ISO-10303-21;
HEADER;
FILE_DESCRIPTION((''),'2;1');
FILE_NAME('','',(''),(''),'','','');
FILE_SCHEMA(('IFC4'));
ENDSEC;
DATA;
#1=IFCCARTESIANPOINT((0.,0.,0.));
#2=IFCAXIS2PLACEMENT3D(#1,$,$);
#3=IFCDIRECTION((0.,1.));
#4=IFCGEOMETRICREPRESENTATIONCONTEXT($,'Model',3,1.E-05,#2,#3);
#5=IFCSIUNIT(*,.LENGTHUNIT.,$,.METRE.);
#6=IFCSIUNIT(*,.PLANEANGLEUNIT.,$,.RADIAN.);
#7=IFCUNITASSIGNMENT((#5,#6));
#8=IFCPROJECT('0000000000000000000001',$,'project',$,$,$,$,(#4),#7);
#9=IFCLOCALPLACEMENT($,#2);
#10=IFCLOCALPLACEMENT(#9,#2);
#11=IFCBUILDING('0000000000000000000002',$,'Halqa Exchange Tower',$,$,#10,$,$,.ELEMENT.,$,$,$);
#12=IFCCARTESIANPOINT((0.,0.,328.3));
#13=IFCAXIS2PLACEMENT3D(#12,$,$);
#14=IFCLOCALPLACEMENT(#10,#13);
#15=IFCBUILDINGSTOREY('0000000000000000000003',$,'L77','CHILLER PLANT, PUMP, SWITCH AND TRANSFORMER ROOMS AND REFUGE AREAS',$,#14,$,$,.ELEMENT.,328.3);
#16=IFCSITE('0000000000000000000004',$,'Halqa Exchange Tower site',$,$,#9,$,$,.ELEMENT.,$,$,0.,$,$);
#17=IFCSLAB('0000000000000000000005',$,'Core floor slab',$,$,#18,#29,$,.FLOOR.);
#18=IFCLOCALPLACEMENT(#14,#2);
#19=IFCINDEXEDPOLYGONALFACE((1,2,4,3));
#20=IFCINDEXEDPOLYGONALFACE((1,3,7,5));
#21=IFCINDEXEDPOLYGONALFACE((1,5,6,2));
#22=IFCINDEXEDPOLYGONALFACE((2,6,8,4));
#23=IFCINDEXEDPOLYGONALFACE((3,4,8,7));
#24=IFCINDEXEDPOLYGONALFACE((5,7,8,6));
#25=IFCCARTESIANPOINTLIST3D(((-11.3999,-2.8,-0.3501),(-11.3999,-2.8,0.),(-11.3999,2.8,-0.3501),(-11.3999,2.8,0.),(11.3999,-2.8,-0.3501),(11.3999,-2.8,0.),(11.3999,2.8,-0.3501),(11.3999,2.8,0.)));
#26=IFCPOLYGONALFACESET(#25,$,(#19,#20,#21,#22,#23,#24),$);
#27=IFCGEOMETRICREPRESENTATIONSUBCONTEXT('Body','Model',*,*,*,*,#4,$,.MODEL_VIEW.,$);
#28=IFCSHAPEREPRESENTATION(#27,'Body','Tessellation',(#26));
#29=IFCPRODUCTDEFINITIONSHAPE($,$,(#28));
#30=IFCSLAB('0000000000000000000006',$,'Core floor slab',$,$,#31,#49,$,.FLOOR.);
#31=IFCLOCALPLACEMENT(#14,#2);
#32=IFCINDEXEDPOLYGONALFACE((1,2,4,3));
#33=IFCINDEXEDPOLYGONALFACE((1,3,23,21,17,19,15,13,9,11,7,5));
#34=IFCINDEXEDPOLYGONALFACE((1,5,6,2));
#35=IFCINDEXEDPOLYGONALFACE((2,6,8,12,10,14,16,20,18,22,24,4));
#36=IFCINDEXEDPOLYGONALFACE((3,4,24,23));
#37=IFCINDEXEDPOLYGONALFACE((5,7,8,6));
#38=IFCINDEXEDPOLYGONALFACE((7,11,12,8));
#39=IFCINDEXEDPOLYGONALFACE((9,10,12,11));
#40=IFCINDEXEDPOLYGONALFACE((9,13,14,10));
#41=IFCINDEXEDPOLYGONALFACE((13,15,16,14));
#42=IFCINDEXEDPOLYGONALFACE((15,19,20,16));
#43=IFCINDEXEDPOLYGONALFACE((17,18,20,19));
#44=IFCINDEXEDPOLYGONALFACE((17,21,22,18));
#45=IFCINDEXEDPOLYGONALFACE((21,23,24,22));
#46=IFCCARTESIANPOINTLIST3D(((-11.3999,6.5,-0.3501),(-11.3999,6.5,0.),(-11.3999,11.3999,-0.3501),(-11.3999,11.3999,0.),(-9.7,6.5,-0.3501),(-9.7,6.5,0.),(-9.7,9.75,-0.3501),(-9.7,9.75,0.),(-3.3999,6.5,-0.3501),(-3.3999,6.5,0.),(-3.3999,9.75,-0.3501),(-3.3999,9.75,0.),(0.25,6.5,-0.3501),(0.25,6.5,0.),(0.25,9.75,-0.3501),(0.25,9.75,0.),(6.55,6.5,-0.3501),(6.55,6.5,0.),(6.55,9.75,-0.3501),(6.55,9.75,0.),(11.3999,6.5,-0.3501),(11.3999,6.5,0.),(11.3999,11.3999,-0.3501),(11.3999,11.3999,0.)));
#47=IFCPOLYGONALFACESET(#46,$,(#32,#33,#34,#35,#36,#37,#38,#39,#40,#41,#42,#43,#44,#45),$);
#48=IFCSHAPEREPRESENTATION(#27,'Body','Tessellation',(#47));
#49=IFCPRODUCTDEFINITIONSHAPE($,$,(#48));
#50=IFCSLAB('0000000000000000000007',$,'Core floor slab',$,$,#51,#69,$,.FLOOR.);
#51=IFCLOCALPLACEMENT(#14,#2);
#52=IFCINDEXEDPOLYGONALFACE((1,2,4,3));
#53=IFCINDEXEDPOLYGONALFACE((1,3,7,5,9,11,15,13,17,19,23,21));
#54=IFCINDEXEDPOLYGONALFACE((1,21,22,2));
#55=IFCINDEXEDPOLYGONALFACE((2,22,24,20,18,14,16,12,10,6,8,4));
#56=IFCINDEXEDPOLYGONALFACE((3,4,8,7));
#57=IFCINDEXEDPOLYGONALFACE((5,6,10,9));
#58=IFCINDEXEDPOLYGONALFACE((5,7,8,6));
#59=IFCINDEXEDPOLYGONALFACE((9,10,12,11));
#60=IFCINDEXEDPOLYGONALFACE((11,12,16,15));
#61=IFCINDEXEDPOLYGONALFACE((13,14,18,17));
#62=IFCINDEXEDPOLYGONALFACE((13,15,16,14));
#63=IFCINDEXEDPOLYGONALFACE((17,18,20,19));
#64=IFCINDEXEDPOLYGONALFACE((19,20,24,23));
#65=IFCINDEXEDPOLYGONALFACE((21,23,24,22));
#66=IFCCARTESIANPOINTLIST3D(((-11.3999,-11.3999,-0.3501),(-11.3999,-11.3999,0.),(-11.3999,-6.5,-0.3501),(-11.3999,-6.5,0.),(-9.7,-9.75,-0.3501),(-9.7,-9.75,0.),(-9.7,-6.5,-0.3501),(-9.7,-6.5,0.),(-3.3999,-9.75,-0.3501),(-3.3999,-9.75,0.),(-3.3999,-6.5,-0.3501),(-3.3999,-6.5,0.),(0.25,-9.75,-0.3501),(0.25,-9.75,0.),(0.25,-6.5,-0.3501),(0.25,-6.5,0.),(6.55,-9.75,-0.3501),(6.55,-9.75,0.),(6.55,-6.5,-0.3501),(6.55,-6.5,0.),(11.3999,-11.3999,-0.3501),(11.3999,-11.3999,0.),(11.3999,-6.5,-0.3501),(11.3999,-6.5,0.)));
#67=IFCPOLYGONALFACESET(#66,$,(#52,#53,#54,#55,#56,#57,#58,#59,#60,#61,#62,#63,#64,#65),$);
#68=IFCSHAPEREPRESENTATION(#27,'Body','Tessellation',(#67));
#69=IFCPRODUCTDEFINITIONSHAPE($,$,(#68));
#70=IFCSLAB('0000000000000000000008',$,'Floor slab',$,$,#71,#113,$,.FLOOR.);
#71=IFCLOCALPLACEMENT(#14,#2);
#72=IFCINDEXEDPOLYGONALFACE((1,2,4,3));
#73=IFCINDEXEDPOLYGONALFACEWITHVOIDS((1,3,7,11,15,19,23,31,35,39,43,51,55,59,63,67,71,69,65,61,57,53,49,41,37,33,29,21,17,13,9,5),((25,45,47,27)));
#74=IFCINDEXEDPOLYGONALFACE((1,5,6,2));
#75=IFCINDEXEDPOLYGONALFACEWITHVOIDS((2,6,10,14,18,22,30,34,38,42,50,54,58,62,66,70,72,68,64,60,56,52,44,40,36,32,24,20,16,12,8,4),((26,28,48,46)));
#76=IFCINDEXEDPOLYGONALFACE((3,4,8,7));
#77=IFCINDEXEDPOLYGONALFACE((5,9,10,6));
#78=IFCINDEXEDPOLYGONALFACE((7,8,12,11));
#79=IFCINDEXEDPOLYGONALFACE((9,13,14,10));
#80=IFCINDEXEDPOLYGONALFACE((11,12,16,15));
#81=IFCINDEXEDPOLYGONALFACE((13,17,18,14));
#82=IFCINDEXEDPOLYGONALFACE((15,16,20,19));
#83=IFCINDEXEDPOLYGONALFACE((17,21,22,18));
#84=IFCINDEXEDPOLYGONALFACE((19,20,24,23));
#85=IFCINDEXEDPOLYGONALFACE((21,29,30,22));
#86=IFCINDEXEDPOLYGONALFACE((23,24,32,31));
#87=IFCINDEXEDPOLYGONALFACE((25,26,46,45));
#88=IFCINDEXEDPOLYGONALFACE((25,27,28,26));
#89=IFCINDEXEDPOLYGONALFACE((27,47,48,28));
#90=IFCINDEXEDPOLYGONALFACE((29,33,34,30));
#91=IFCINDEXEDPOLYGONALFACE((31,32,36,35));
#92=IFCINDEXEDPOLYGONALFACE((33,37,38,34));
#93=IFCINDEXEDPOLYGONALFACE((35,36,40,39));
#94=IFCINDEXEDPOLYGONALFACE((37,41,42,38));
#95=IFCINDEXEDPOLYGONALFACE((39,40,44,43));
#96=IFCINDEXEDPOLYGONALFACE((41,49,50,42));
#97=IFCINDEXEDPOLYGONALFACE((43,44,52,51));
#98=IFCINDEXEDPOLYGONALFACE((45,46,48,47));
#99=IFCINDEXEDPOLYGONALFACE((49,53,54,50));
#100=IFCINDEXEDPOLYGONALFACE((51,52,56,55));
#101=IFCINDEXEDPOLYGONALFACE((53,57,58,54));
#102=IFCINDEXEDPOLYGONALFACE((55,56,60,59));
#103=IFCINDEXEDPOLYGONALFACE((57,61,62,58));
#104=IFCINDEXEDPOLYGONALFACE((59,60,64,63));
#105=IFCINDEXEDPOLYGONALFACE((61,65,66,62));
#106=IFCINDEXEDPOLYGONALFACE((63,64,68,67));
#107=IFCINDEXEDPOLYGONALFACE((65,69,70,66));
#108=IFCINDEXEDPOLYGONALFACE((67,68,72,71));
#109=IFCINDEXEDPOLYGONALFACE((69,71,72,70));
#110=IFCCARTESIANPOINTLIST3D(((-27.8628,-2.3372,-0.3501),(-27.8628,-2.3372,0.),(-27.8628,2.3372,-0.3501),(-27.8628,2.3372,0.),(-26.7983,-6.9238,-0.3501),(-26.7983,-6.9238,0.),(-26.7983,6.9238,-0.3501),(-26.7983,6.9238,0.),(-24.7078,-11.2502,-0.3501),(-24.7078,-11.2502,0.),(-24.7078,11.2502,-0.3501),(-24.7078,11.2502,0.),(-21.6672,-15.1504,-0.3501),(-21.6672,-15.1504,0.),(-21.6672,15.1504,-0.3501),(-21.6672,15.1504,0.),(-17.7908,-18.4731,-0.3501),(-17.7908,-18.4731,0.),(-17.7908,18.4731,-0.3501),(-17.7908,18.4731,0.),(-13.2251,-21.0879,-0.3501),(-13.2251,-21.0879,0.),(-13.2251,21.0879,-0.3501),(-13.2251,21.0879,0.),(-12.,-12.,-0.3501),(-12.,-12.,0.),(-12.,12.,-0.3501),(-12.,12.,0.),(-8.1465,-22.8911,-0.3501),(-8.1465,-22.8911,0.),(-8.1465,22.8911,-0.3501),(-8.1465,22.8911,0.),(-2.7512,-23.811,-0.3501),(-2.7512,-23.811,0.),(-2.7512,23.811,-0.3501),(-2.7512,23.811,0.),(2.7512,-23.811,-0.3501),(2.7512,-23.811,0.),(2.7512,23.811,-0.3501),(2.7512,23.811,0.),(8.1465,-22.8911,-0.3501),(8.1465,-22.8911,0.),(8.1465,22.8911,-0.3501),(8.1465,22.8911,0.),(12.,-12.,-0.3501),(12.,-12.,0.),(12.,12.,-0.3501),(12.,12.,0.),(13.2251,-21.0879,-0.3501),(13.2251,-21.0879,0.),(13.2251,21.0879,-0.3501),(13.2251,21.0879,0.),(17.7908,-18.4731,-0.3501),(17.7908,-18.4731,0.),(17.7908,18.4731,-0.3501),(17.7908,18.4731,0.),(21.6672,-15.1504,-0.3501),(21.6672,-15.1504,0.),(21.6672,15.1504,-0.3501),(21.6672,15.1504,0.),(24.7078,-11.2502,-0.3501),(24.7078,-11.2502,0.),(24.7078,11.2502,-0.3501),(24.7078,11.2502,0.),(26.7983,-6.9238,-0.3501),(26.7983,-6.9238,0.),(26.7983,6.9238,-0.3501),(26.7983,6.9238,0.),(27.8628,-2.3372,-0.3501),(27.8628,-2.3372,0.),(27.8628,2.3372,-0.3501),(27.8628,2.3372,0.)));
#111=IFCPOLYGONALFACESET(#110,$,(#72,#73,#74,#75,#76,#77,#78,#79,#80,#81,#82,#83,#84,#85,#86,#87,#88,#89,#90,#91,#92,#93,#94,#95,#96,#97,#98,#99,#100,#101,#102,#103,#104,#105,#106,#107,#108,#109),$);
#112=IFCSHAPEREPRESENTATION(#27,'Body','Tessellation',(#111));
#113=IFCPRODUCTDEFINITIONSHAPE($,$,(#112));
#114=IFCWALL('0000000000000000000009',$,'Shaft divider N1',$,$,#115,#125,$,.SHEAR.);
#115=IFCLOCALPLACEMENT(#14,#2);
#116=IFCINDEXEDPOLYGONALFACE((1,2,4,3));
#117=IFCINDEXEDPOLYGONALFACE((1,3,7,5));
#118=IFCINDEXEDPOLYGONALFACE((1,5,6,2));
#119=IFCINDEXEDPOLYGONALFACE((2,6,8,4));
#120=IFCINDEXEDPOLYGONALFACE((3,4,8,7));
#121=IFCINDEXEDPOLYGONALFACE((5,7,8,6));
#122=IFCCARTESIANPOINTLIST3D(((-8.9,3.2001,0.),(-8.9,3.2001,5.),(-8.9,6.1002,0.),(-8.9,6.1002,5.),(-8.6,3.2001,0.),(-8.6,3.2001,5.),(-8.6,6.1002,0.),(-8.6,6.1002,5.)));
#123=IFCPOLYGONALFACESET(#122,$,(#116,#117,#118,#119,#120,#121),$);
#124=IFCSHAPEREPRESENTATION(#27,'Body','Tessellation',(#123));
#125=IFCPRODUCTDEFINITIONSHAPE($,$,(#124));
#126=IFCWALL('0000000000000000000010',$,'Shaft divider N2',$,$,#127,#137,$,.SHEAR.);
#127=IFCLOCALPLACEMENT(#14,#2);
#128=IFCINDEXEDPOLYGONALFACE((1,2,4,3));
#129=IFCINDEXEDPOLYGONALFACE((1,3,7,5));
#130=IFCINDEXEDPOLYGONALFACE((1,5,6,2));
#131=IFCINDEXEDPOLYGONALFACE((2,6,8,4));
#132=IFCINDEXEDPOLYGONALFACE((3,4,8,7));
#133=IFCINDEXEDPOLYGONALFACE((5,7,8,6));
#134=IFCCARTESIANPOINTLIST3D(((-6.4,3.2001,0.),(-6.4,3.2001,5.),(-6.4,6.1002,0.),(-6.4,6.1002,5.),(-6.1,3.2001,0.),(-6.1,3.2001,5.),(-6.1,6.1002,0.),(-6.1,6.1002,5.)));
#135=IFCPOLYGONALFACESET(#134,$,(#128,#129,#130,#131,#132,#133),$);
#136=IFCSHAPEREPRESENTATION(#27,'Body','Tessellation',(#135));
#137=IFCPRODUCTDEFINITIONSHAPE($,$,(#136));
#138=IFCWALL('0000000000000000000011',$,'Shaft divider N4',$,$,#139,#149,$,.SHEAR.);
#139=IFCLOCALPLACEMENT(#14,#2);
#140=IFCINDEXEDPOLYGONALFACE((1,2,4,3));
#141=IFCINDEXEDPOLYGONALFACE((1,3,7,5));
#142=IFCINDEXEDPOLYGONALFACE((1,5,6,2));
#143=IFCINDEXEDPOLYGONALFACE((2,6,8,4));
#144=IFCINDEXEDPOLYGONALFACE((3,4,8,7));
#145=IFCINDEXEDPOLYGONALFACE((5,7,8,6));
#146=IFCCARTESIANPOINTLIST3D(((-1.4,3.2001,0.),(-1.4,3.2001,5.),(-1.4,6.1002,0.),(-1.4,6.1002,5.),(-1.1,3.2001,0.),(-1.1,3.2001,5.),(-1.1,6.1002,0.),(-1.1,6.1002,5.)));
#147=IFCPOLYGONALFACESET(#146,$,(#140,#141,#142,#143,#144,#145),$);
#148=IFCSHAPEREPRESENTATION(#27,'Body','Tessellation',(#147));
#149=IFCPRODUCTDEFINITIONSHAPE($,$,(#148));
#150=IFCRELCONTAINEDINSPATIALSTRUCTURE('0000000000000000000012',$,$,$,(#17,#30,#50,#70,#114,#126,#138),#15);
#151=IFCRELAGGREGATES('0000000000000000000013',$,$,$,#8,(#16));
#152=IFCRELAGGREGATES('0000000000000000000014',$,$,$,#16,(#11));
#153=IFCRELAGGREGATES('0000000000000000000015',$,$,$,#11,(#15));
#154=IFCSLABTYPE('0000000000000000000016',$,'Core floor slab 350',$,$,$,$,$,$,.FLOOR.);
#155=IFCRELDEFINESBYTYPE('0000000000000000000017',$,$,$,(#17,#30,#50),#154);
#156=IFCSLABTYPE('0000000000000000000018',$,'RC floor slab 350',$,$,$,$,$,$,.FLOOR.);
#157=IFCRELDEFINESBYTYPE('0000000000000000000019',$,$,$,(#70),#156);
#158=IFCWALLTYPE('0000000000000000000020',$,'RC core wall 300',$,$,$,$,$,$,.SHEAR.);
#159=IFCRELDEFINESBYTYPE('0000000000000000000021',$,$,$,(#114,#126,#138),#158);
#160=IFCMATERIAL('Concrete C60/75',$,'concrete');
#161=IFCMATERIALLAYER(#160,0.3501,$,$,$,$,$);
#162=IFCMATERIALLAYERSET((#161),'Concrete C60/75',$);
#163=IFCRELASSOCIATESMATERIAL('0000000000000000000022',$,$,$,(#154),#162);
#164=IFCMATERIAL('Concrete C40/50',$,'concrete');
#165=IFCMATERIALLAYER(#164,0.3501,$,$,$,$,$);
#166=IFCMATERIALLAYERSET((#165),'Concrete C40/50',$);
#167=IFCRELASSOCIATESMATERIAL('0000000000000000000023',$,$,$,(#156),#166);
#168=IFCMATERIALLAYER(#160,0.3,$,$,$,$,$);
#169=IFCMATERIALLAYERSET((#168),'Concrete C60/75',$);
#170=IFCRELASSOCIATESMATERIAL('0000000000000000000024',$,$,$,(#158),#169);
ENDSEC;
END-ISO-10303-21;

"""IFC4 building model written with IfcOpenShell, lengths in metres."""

from ifc_helpers import new_model, si_unit, direction, frame, frame_2d, origin, place, context, subcontext, project, spatial, polyline, rectangle, outline, extrude, material, layer, layer_set, type_object, element, save


model = new_model("IFC4")

# Units and contexts
model_context = context("Model", 3, precision=1e-05, world=origin(), true_north=direction((0.0, 1.0)))
body_context = subcontext(model_context, "Body", "Model", "MODEL_VIEW")
ifc_project = project(units=[si_unit("LENGTHUNIT", "METRE"), si_unit("PLANEANGLEUNIT", "RADIAN")], contexts=[model_context])

# Site, building, storey
site_placement = place(None, origin())
site = spatial("IfcSite", under=ifc_project, at=site_placement, Name="Halqa Exchange Tower site", CompositionType="ELEMENT", RefElevation=0.0)
building_placement = place(site_placement, origin())
building = spatial("IfcBuilding", under=site, at=building_placement, Name="Halqa Exchange Tower", CompositionType="ELEMENT")
storey_placement = place(building_placement, frame((0.0, 0.0, 328.3)))
storey = spatial("IfcBuildingStorey", under=building, at=storey_placement, Name="L77", Description="CHILLER PLANT, PUMP, SWITCH AND TRANSFORMER ROOMS AND REFUGE AREAS", CompositionType="ELEMENT", Elevation=328.3)

# Slabs
ifc_material_1 = material(Name="Concrete C60/75", Category="concrete")
ifc_layer_1 = layer(ifc_material_1, 0.3501)
ifc_layer_set_1 = layer_set([ifc_layer_1], Name="Concrete C60/75")
slab_type_1 = type_object("IfcSlabType", Name="Core floor slab 350", PredefinedType="FLOOR", material=ifc_layer_set_1)
slab_1_placement = place(storey_placement, frame((0.0, 0.0, -0.3501)))
element("IfcSlab", 1, at=slab_1_placement, inside=storey, type_object=slab_type_1, Name="Core floor slab", PredefinedType="FLOOR", context=body_context, shape_type="SweptSolid", body=[
    extrude(outline(polyline([(-11.3999, 2.8), (11.3999, 2.8), (11.3999, -2.8), (-11.3999, -2.8), (-11.3999, 2.8)])), origin(), (0.0, 0.0, 1.0), 0.3501),
])
slab_2_placement = place(storey_placement, frame((0.0, 0.0, -0.3501)))
element("IfcSlab", 2, at=slab_2_placement, inside=storey, type_object=slab_type_1, Name="Core floor slab", PredefinedType="FLOOR", context=body_context, shape_type="SweptSolid", body=[
    extrude(outline(polyline([(-11.3999, 11.3999), (11.3999, 11.3999), (11.3999, 6.5), (6.55, 6.5), (6.55, 9.75), (0.25, 9.75), (0.25, 6.5), (-3.3999, 6.5), (-3.3999, 9.75), (-9.7, 9.75), (-9.7, 6.5), (-11.3999, 6.5), (-11.3999, 11.3999)])), origin(), (0.0, 0.0, 1.0), 0.3501),
])
slab_3_placement = place(storey_placement, frame((0.0, 0.0, -0.3501)))
element("IfcSlab", 3, at=slab_3_placement, inside=storey, type_object=slab_type_1, Name="Core floor slab", PredefinedType="FLOOR", context=body_context, shape_type="SweptSolid", body=[
    extrude(outline(polyline([(-11.3999, -6.5), (-9.7, -6.5), (-9.7, -9.75), (-3.3999, -9.75), (-3.3999, -6.5), (0.25, -6.5), (0.25, -9.75), (6.55, -9.75), (6.55, -6.5), (11.3999, -6.5), (11.3999, -11.3999), (-11.3999, -11.3999), (-11.3999, -6.5)])), origin(), (0.0, 0.0, 1.0), 0.3501),
])
ifc_material_2 = material(Name="Concrete C40/50", Category="concrete")
ifc_layer_2 = layer(ifc_material_2, 0.3501)
ifc_layer_set_2 = layer_set([ifc_layer_2], Name="Concrete C40/50")
slab_type_2 = type_object("IfcSlabType", Name="RC floor slab 350", PredefinedType="FLOOR", material=ifc_layer_set_2)
slab_4_placement = place(storey_placement, frame((0.0, 0.0, -0.3501)))
element("IfcSlab", 4, at=slab_4_placement, inside=storey, type_object=slab_type_2, Name="Floor slab", PredefinedType="FLOOR", context=body_context, shape_type="SweptSolid", body=[
    extrude(outline(polyline([(27.8628, 2.3372), (27.8628, -2.3372), (26.7983, -6.9238), (24.7078, -11.2502), (21.6672, -15.1504), (17.7908, -18.4731), (13.2251, -21.0879), (8.1465, -22.8911), (2.7512, -23.811), (-2.7512, -23.811), (-8.1465, -22.8911), (-13.2251, -21.0879), (-17.7908, -18.4731), (-21.6672, -15.1504), (-24.7078, -11.2502), (-26.7983, -6.9238), (-27.8628, -2.3372), (-27.8628, 2.3372), (-26.7983, 6.9238), (-24.7078, 11.2502), (-21.6672, 15.1504), (-17.7908, 18.4731), (-13.2251, 21.0879), (-8.1465, 22.8911), (-2.7512, 23.811), (2.7512, 23.811), (8.1465, 22.8911), (13.2251, 21.0879), (17.7908, 18.4731), (21.6672, 15.1504), (24.7078, 11.2502), (26.7983, 6.9238), (27.8628, 2.3372)]), holes=[polyline([(-12.0, -12.0), (12.0, -12.0), (12.0, 12.0), (-12.0, 12.0), (-12.0, -12.0)])]), origin(), (0.0, 0.0, 1.0), 0.3501),
])

# Walls
ifc_layer_3 = layer(ifc_material_1, 0.3)
ifc_layer_set_3 = layer_set([ifc_layer_3], Name="Concrete C60/75")
wall_type_1 = type_object("IfcWallType", Name="RC core wall 300", PredefinedType="SHEAR", material=ifc_layer_set_3)
for number, where, z_axis, x_axis, name in (
    (5, (-8.75, 3.2, 0.0), (0.0, 0.0, 1.0), (0.0, 1.0, 0.0), "Shaft divider N1"),
    (6, (-6.25, 3.2, 0.0), (0.0, 0.0, 1.0), (0.0, 1.0, 0.0), "Shaft divider N2"),
    (7, (-1.25, 3.2, 0.0), (0.0, 0.0, 1.0), (0.0, 1.0, 0.0), "Shaft divider N4"),
):
    element("IfcWall", number, at=place(storey_placement, frame(where, z_axis=z_axis, x_axis=x_axis)), inside=storey, type_object=wall_type_1, Name=name, PredefinedType="SHEAR", context=body_context, shape_type="SweptSolid", body=[
        extrude(rectangle(XDim=2.9001, YDim=0.3, at=frame_2d((1.4502, 0.0))), origin(), (0.0, 0.0, 1.0), 5.0),
    ])

save(model, "model.ifc")
